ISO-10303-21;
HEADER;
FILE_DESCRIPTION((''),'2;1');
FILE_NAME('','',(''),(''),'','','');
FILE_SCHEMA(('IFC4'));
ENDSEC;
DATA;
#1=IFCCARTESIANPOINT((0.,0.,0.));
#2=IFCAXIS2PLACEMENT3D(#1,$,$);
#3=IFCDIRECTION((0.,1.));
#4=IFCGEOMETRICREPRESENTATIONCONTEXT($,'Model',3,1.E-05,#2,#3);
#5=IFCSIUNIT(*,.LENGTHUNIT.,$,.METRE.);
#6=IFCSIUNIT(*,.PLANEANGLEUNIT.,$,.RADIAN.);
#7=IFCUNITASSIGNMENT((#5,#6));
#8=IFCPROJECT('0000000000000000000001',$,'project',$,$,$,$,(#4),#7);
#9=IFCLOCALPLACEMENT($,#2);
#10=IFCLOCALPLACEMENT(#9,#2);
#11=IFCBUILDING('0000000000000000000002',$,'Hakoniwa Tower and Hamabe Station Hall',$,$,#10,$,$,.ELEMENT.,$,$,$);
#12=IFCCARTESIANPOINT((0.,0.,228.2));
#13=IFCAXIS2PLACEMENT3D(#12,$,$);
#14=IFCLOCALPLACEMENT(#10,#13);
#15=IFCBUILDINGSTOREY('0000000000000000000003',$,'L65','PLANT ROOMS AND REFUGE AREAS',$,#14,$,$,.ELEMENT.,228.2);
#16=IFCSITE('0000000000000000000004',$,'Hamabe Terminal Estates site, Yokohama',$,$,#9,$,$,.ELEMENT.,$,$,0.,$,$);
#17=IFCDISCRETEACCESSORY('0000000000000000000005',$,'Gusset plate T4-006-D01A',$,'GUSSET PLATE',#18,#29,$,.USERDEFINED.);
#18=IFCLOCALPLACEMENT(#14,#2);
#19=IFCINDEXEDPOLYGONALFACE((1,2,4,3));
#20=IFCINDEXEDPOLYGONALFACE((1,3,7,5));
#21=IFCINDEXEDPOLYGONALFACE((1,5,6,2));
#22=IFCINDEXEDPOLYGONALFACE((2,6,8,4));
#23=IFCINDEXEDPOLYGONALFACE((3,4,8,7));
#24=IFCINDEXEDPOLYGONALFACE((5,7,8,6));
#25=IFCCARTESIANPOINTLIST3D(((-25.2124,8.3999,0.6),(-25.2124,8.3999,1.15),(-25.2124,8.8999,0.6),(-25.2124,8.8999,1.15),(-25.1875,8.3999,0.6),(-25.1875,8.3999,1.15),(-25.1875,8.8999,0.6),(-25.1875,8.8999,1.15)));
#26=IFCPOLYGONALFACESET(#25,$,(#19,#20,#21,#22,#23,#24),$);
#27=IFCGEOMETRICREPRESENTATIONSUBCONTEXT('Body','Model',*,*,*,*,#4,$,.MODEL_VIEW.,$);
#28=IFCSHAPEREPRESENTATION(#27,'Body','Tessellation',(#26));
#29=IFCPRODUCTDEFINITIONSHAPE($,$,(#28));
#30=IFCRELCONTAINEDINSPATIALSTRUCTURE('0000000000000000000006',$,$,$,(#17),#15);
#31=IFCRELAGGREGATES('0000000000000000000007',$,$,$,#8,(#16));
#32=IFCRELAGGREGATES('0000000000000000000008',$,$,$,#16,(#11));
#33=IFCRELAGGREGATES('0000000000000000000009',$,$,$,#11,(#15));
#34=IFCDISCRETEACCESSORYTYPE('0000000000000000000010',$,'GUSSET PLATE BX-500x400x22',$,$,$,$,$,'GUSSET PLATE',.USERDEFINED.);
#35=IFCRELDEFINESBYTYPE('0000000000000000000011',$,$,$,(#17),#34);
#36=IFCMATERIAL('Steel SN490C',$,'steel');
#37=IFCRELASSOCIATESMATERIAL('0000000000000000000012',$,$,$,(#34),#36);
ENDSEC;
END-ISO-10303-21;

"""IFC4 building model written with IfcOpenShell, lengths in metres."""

from ifc_helpers import new_model, si_unit, direction, frame, origin, origin_2d, place, context, subcontext, project, spatial, rectangle, extrude, material, material_profile, profile_set, type_object, element, save


model = new_model("IFC4")

# Units and contexts
model_context = context("Model", 3, precision=1e-05, world=origin(), true_north=direction((0.0, 1.0)))
body_context = subcontext(model_context, "Body", "Model", "MODEL_VIEW")
ifc_project = project(units=[si_unit("LENGTHUNIT", "METRE"), si_unit("PLANEANGLEUNIT", "RADIAN")], contexts=[model_context])

# Site, building, storey
site_placement = place(None, origin())
site = spatial("IfcSite", under=ifc_project, at=site_placement, Name="Hamabe Terminal Estates site, Yokohama", CompositionType="ELEMENT", RefElevation=0.0)
building_placement = place(site_placement, origin())
building = spatial("IfcBuilding", under=site, at=building_placement, Name="Hakoniwa Tower and Hamabe Station Hall", CompositionType="ELEMENT")
storey_placement = place(building_placement, frame((0.0, 0.0, 228.2)))
storey = spatial("IfcBuildingStorey", under=building, at=storey_placement, Name="L65", Description="PLANT ROOMS AND REFUGE AREAS", CompositionType="ELEMENT", Elevation=228.2)

# Discrete accessory
ifc_material_1 = material(Name="Steel SN490C", Category="steel")
ifc_material_profile_1 = material_profile(ifc_material_1, rectangle(XDim=0.5, YDim=0.55, at=origin_2d()), Name="GUSSET PLATE BX-500x400x22")
ifc_profile_set_1 = profile_set([ifc_material_profile_1], Name="Steel SN490C")
discrete_accessory_type_1 = type_object("IfcDiscreteAccessoryType", Name="GUSSET PLATE BX-500x400x22", ElementType="GUSSET PLATE", PredefinedType="USERDEFINED", material=ifc_profile_set_1)
discrete_accessory_1_placement = place(storey_placement, frame((-25.1875, 8.6499, 0.875), z_axis=(-1.0, 0.0, 0.0), x_axis=(0.0, -1.0, 0.0)))
element("IfcDiscreteAccessory", 1, at=discrete_accessory_1_placement, inside=storey, type_object=discrete_accessory_type_1, Name="Gusset plate T4-006-D01A", ObjectType="GUSSET PLATE", PredefinedType="USERDEFINED", context=body_context, shape_type="SweptSolid", body=[
    extrude(rectangle(XDim=0.5, YDim=0.55, at=origin_2d()), origin(), (0.0, 0.0, 1.0), 0.0249),
])

save(model, "model.ifc")
